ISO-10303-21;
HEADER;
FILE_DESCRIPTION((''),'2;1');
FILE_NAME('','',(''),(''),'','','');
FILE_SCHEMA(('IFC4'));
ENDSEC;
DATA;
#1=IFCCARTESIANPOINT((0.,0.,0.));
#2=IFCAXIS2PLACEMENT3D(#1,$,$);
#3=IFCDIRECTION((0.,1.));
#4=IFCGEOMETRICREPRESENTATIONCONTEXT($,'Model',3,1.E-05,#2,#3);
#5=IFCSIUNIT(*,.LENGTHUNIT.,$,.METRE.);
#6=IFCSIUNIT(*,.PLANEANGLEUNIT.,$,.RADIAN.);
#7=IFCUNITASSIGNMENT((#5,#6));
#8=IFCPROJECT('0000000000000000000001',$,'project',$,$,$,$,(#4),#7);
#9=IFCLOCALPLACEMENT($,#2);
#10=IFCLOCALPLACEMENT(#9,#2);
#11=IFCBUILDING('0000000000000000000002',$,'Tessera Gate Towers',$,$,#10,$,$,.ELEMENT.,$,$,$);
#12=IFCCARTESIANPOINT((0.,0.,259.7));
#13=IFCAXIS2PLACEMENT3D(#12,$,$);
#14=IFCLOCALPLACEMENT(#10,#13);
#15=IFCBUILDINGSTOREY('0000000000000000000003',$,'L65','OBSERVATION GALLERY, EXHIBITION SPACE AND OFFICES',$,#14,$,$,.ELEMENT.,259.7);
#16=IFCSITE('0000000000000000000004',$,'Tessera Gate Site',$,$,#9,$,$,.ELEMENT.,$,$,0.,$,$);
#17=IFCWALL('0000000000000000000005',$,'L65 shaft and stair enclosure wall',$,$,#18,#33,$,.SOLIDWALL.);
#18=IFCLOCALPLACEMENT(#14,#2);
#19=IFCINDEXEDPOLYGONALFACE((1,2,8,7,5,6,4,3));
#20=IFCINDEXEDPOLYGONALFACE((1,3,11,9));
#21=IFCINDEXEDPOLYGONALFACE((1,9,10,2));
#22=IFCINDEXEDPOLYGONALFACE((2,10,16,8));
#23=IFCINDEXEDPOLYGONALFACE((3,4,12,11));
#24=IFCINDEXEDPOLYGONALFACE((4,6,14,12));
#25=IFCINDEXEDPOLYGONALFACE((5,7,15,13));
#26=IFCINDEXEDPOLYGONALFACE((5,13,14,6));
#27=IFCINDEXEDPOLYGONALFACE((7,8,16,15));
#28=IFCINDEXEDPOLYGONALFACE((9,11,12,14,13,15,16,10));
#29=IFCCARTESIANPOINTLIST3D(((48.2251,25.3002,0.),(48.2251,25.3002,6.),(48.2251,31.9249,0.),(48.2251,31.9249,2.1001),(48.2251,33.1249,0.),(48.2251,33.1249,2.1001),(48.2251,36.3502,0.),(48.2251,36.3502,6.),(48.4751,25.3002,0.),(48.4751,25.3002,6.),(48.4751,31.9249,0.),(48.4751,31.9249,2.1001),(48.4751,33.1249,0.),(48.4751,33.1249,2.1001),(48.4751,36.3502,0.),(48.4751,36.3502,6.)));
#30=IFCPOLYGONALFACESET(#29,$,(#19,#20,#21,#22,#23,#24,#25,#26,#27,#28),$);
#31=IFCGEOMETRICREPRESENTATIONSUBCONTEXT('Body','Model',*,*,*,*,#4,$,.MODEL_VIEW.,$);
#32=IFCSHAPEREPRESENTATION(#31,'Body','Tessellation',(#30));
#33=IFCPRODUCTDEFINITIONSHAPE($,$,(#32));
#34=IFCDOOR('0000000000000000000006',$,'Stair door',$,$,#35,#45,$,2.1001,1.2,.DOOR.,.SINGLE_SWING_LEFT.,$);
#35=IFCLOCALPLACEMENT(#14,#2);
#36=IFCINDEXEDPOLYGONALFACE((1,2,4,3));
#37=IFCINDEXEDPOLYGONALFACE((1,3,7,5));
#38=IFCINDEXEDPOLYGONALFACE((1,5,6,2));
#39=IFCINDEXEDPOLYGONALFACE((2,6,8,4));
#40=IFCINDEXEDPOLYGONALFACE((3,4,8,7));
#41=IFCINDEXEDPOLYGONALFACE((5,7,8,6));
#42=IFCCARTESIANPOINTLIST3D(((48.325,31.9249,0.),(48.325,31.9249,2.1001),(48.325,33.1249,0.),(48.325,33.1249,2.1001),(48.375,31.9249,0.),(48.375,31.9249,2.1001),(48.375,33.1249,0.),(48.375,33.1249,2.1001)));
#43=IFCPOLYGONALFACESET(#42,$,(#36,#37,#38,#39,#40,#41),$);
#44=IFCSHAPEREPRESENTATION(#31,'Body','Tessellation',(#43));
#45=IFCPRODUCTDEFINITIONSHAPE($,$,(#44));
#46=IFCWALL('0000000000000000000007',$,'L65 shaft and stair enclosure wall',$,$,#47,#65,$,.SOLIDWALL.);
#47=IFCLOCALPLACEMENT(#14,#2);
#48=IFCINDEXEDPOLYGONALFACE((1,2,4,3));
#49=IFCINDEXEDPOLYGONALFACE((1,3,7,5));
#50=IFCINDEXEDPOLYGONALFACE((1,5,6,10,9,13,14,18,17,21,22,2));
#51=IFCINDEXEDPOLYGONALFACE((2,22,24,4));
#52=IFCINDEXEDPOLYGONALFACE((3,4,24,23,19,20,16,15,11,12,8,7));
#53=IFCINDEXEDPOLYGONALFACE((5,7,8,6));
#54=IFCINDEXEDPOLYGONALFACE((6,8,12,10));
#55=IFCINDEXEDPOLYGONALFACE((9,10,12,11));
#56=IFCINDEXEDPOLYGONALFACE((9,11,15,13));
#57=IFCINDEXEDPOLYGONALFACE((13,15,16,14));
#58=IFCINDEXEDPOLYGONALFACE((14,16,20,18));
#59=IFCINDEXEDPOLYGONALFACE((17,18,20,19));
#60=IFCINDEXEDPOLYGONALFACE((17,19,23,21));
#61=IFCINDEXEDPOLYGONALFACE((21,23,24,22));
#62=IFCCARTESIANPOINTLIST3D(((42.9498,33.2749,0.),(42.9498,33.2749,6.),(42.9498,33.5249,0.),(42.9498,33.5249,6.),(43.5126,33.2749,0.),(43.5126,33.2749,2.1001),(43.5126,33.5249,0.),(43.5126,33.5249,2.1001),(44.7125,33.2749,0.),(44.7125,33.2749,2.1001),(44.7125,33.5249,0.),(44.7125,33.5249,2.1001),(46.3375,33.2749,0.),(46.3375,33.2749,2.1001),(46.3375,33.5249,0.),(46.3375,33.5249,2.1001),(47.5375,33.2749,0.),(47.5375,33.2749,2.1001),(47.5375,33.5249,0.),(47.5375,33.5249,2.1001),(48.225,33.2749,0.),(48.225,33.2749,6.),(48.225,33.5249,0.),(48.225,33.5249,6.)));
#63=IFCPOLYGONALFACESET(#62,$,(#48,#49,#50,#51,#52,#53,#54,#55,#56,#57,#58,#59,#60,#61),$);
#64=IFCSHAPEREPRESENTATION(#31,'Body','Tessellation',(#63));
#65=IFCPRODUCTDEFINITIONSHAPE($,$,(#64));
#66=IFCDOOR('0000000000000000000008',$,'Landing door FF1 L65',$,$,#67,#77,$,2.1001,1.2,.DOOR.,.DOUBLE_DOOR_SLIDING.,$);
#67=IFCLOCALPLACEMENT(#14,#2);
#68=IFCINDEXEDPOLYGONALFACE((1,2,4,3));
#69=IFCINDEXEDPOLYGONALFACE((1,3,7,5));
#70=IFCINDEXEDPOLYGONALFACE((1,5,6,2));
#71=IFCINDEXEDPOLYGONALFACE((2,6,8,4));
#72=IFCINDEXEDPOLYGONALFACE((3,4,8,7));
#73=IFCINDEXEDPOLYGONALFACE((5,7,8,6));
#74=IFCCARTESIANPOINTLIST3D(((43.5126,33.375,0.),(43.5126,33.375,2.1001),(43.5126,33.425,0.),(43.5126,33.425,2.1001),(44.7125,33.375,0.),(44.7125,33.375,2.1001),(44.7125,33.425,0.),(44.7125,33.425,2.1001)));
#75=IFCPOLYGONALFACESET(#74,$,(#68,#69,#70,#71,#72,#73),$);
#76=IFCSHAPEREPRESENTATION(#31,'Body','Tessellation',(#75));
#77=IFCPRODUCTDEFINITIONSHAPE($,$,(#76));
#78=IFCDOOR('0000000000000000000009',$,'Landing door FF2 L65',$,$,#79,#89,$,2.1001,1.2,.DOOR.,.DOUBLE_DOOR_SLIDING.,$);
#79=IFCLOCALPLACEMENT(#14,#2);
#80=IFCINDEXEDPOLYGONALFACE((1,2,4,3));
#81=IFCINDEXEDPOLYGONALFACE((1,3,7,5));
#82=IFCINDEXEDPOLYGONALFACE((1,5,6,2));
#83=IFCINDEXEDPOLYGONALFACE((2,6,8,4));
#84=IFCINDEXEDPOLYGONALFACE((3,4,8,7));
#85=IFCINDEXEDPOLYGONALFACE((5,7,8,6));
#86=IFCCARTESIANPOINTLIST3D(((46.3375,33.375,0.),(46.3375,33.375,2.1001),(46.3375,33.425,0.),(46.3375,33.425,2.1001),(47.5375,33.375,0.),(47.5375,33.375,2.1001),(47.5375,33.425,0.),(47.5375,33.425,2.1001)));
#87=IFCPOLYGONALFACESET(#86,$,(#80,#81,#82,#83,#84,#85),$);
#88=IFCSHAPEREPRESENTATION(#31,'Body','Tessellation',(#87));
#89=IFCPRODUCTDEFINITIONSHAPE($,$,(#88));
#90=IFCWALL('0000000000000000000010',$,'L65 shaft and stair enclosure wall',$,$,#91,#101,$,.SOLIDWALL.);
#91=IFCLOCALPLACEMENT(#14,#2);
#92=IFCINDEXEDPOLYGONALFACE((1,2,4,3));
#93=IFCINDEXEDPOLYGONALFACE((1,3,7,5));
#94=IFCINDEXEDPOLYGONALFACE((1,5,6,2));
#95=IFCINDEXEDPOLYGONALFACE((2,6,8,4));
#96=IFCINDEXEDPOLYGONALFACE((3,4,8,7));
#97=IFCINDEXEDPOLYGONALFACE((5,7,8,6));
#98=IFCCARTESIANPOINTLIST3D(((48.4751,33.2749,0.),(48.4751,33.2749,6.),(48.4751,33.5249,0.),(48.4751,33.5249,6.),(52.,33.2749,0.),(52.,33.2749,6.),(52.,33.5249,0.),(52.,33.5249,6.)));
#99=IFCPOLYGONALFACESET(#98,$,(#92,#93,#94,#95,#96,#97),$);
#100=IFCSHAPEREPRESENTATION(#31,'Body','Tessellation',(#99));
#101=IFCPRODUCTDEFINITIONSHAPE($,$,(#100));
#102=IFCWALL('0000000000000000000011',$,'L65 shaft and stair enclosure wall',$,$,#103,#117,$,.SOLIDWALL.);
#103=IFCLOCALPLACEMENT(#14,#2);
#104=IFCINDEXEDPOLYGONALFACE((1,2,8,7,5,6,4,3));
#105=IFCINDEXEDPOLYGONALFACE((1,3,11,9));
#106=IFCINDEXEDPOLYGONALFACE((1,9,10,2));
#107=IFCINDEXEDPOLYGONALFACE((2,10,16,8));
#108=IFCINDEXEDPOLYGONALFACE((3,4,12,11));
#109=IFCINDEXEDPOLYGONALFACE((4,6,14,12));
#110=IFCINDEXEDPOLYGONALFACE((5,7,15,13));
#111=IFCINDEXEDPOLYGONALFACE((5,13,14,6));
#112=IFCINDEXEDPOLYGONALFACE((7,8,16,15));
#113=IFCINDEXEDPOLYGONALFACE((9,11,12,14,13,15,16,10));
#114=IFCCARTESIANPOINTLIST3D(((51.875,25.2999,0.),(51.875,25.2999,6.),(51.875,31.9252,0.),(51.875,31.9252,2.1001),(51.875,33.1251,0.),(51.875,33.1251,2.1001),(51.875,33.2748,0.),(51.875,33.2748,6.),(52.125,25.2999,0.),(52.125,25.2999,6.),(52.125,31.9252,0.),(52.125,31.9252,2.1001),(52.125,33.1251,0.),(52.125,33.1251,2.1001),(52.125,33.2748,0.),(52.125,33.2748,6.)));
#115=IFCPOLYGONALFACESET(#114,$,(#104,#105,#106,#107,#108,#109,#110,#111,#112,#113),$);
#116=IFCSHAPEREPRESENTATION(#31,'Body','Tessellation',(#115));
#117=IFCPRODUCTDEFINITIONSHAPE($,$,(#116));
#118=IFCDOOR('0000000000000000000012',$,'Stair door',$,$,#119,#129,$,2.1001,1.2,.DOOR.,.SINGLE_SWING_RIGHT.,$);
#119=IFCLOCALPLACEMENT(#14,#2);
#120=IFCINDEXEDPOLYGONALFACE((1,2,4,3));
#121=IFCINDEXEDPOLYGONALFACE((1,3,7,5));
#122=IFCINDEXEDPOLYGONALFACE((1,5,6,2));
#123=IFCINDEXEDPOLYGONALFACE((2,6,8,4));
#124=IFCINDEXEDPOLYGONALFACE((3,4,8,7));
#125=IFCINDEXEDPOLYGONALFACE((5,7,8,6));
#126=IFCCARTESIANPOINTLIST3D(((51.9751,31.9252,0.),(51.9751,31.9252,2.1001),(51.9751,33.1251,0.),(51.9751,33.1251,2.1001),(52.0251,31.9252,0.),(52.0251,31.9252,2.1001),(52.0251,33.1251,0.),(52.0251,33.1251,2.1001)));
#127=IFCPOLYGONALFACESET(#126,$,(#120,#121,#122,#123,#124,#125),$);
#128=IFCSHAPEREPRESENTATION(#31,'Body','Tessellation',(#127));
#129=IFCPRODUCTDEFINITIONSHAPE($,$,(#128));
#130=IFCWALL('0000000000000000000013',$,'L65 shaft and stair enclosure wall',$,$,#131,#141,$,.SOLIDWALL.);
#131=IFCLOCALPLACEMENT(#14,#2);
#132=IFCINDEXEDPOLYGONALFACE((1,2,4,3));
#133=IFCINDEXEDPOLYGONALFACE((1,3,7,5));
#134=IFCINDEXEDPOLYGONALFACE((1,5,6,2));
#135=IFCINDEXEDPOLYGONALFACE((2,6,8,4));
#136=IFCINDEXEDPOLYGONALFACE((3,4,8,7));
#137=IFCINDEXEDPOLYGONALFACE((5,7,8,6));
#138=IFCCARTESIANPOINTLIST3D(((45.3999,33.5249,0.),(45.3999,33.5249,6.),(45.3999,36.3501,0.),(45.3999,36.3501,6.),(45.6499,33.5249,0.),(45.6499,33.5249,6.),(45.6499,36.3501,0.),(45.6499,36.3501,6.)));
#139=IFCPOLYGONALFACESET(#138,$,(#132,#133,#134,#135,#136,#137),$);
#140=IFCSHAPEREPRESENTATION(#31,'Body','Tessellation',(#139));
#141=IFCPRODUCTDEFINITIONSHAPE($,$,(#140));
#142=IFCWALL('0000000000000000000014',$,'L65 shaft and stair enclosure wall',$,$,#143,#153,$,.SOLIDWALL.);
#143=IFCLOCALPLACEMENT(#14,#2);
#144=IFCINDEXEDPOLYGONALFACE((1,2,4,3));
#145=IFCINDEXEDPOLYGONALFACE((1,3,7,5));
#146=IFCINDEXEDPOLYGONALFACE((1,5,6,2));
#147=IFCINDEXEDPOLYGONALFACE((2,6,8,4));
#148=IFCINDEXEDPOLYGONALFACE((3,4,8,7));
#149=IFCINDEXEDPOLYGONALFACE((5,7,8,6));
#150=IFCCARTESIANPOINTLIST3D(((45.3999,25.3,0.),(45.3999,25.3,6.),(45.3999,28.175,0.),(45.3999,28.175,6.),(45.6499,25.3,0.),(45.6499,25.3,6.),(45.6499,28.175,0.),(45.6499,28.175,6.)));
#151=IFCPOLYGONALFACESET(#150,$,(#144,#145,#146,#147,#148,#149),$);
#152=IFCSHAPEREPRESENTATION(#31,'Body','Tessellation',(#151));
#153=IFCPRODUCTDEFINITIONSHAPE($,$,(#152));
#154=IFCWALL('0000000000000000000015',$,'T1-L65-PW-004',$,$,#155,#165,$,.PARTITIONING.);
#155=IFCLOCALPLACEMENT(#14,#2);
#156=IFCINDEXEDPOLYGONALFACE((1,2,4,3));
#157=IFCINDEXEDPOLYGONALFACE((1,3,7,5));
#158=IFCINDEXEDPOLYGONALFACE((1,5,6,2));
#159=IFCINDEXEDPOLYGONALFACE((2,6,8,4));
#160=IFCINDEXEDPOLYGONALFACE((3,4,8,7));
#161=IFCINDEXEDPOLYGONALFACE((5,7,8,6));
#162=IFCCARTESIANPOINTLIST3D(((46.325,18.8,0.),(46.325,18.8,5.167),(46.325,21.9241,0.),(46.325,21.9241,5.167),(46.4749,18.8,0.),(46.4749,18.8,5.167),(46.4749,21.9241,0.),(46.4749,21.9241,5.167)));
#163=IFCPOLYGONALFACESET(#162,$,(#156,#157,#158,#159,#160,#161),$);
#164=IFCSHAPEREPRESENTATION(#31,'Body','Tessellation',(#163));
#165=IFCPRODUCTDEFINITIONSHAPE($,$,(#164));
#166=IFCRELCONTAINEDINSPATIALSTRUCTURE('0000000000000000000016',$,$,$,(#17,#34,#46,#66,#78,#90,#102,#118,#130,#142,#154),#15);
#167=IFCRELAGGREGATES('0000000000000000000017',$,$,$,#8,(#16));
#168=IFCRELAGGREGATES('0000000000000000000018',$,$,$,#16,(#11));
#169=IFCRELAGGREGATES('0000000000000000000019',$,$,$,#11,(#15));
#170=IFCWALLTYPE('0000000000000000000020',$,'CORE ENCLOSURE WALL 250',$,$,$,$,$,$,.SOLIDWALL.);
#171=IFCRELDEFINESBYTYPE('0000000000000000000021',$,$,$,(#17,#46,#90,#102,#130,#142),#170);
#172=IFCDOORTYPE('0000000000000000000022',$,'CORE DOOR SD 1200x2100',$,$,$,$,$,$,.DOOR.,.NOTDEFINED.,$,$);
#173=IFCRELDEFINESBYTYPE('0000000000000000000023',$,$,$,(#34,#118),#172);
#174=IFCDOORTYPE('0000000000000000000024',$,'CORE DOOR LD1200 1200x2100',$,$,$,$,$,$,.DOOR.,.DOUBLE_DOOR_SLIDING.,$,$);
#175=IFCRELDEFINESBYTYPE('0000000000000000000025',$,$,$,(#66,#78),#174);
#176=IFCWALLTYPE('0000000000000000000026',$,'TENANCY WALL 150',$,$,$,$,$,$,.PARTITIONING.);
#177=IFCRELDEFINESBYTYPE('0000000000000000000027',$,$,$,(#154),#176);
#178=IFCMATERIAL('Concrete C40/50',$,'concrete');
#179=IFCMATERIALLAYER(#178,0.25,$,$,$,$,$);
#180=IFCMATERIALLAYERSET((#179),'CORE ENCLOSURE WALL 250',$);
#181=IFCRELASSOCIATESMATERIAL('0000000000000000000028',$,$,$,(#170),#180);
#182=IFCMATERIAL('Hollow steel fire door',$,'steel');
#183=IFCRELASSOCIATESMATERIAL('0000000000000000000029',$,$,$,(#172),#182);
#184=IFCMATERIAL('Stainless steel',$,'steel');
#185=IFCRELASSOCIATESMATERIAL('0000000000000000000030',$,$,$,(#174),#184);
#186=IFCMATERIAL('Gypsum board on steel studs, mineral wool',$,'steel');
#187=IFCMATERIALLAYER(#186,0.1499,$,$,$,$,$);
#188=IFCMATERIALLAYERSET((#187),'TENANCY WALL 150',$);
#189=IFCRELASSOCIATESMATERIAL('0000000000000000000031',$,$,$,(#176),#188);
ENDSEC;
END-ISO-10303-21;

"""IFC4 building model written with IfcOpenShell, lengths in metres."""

from ifc_helpers import new_model, si_unit, direction, frame, frame_2d, origin, place, context, subcontext, project, spatial, rectangle, extrude, source, transform, mapped, material, layer, layer_set, type_object, element, fill, save


model = new_model("IFC4")

# Units and contexts
model_context = context("Model", 3, precision=1e-05, world=origin(), true_north=direction((0.0, 1.0)))
body_context = subcontext(model_context, "Body", "Model", "MODEL_VIEW")
ifc_project = project(units=[si_unit("LENGTHUNIT", "METRE"), si_unit("PLANEANGLEUNIT", "RADIAN")], contexts=[model_context])

# Site, building, storey
site_placement = place(None, origin())
site = spatial("IfcSite", under=ifc_project, at=site_placement, Name="Tessera Gate Site", CompositionType="ELEMENT", RefElevation=0.0)
building_placement = place(site_placement, origin())
building = spatial("IfcBuilding", under=site, at=building_placement, Name="Tessera Gate Towers", CompositionType="ELEMENT")
storey_placement = place(building_placement, frame((0.0, 0.0, 259.7)))
storey = spatial("IfcBuildingStorey", under=building, at=storey_placement, Name="L65", Description="OBSERVATION GALLERY, EXHIBITION SPACE AND OFFICES", CompositionType="ELEMENT", Elevation=259.7)

# Wall, opening, door
ifc_material_1 = material(Name="Concrete C40/50", Category="concrete")
ifc_layer_1 = layer(ifc_material_1, 0.25)
ifc_layer_set_1 = layer_set([ifc_layer_1], Name="CORE ENCLOSURE WALL 250")
wall_type_1 = type_object("IfcWallType", Name="CORE ENCLOSURE WALL 250", PredefinedType="SOLIDWALL", material=ifc_layer_set_1)
wall_1_placement = place(storey_placement, frame((48.3501, 36.3501, 0.0), z_axis=(0.0, 0.0, 1.0), x_axis=(0.0, -1.0, 0.0)))
wall_1 = element("IfcWall", 1, at=wall_1_placement, inside=storey, type_object=wall_type_1, Name="L65 shaft and stair enclosure wall", PredefinedType="SOLIDWALL", context=body_context, shape_type="SweptSolid", body=[
    extrude(rectangle(XDim=11.05, YDim=0.25, at=frame_2d((5.5249, 0.0))), origin(), (0.0, 0.0, 1.0), 6.0),
])
shared_shape_1 = source(origin(), body_context, "Body", "SweptSolid", [
    extrude(rectangle(XDim=1.2, YDim=2.1001, at=frame_2d((0.6001, 1.05))), frame((0.0, 0.135, 0.0), z_axis=(0.0, -1.0, 0.0), x_axis=(1.0, 0.0, 0.0)), (0.0, 0.0, 1.0), 0.27),
])
opening_1_placement = place(wall_1_placement, frame((3.2251, 0.0, 0.0)))
opening_1 = element("IfcOpeningElement", 2, at=opening_1_placement, cuts=wall_1, PredefinedType="OPENING", context=body_context, shape_type="MappedRepresentation", body=[
    mapped(shared_shape_1, transform((0.0, 0.0, 0.0), scale=1.0)),
])
ifc_material_2 = material(Name="Hollow steel fire door", Category="steel")
door_type_1 = type_object("IfcDoorType", Name="CORE DOOR SD 1200x2100", OperationType="NOTDEFINED", PredefinedType="DOOR", material=ifc_material_2)
shared_shape_2 = source(origin(), body_context, "Body", "SweptSolid", [
    extrude(rectangle(XDim=1.2, YDim=2.1001, at=frame_2d((0.6001, 1.05))), frame((0.0, 0.0249, 0.0), z_axis=(0.0, -1.0, 0.0), x_axis=(1.0, 0.0, 0.0)), (0.0, 0.0, 1.0), 0.05),
])
door_1_placement = place(opening_1_placement, origin())
door_1 = element("IfcDoor", 3, at=door_1_placement, inside=storey, type_object=door_type_1, Name="Stair door", OperationType="SINGLE_SWING_LEFT", OverallHeight=2.1001, OverallWidth=1.2, PredefinedType="DOOR", context=body_context, shape_type="MappedRepresentation", body=[
    mapped(shared_shape_2, transform((0.0, 0.0, 0.0), scale=1.0)),
])
fill(opening_1, door_1)

# Wall, openings, doors
wall_2_placement = place(storey_placement, frame((48.2251, 33.3999, 0.0), z_axis=(0.0, 0.0, 1.0), x_axis=(-1.0, 0.0, 0.0)))
wall_2 = element("IfcWall", 4, at=wall_2_placement, inside=storey, type_object=wall_type_1, Name="L65 shaft and stair enclosure wall", PredefinedType="SOLIDWALL", context=body_context, shape_type="SweptSolid", body=[
    extrude(rectangle(XDim=5.2751, YDim=0.25, at=frame_2d((2.6377, 0.0))), origin(), (0.0, 0.0, 1.0), 6.0),
])
opening_2_placement = place(wall_2_placement, frame((3.5125, 0.0, 0.0)))
opening_2 = element("IfcOpeningElement", 5, at=opening_2_placement, cuts=wall_2, PredefinedType="OPENING", context=body_context, shape_type="MappedRepresentation", body=[
    mapped(shared_shape_1, transform((0.0, 0.0, 0.0), scale=1.0)),
])
opening_3_placement = place(wall_2_placement, frame((0.6875, 0.0, 0.0)))
opening_3 = element("IfcOpeningElement", 6, at=opening_3_placement, cuts=wall_2, PredefinedType="OPENING", context=body_context, shape_type="MappedRepresentation", body=[
    mapped(shared_shape_1, transform((0.0, 0.0, 0.0), scale=1.0)),
])
ifc_material_3 = material(Name="Stainless steel", Category="steel")
door_type_2 = type_object("IfcDoorType", Name="CORE DOOR LD1200 1200x2100", OperationType="DOUBLE_DOOR_SLIDING", PredefinedType="DOOR", material=ifc_material_3)
door_2_placement = place(opening_2_placement, origin())
door_2 = element("IfcDoor", 7, at=door_2_placement, inside=storey, type_object=door_type_2, Name="Landing door FF1 L65", OperationType="DOUBLE_DOOR_SLIDING", OverallHeight=2.1001, OverallWidth=1.2, PredefinedType="DOOR", context=body_context, shape_type="MappedRepresentation", body=[
    mapped(shared_shape_2, transform((0.0, 0.0, 0.0), scale=1.0)),
])
fill(opening_2, door_2)
door_3_placement = place(opening_3_placement, origin())
door_3 = element("IfcDoor", 8, at=door_3_placement, inside=storey, type_object=door_type_2, Name="Landing door FF2 L65", OperationType="DOUBLE_DOOR_SLIDING", OverallHeight=2.1001, OverallWidth=1.2, PredefinedType="DOOR", context=body_context, shape_type="MappedRepresentation", body=[
    mapped(shared_shape_2, transform((0.0, 0.0, 0.0), scale=1.0)),
])
fill(opening_3, door_3)

# Wall
wall_3_placement = place(storey_placement, frame((48.4751, 33.3999, 0.0), z_axis=(0.0, 0.0, 1.0), x_axis=(1.0, 0.0, 0.0)))
element("IfcWall", 9, at=wall_3_placement, inside=storey, type_object=wall_type_1, Name="L65 shaft and stair enclosure wall", PredefinedType="SOLIDWALL", context=body_context, shape_type="SweptSolid", body=[
    extrude(rectangle(XDim=3.5249, YDim=0.25, at=frame_2d((1.7625, 0.0))), origin(), (0.0, 0.0, 1.0), 6.0),
])

# Wall, opening, door
wall_4_placement = place(storey_placement, frame((52.0, 25.3, 0.0), z_axis=(0.0, 0.0, 1.0), x_axis=(0.0, 1.0, 0.0)))
wall_4 = element("IfcWall", 10, at=wall_4_placement, inside=storey, type_object=wall_type_1, Name="L65 shaft and stair enclosure wall", PredefinedType="SOLIDWALL", context=body_context, shape_type="SweptSolid", body=[
    extrude(rectangle(XDim=7.9749, YDim=0.25, at=frame_2d((3.9873, 0.0))), origin(), (0.0, 0.0, 1.0), 6.0),
])
opening_4_placement = place(wall_4_placement, frame((6.625, 0.0, 0.0)))
opening_4 = element("IfcOpeningElement", 11, at=opening_4_placement, cuts=wall_4, PredefinedType="OPENING", context=body_context, shape_type="MappedRepresentation", body=[
    mapped(shared_shape_1, transform((0.0, 0.0, 0.0), scale=1.0)),
])
door_4_placement = place(opening_4_placement, origin())
door_4 = element("IfcDoor", 12, at=door_4_placement, inside=storey, type_object=door_type_1, Name="Stair door", OperationType="SINGLE_SWING_RIGHT", OverallHeight=2.1001, OverallWidth=1.2, PredefinedType="DOOR", context=body_context, shape_type="MappedRepresentation", body=[
    mapped(shared_shape_2, transform((0.0, 0.0, 0.0), scale=1.0)),
])
fill(opening_4, door_4)

# Walls
wall_5_placement = place(storey_placement, frame((45.5249, 33.5249, 0.0), z_axis=(0.0, 0.0, 1.0), x_axis=(0.0, 1.0, 0.0)))
element("IfcWall", 13, at=wall_5_placement, inside=storey, type_object=wall_type_1, Name="L65 shaft and stair enclosure wall", PredefinedType="SOLIDWALL", context=body_context, shape_type="SweptSolid", body=[
    extrude(rectangle(XDim=2.8252, YDim=0.25, at=frame_2d((1.4126, 0.0))), origin(), (0.0, 0.0, 1.0), 6.0),
])
wall_6_placement = place(storey_placement, frame((45.5249, 25.3, 0.0), z_axis=(0.0, 0.0, 1.0), x_axis=(0.0, 1.0, 0.0)))
element("IfcWall", 14, at=wall_6_placement, inside=storey, type_object=wall_type_1, Name="L65 shaft and stair enclosure wall", PredefinedType="SOLIDWALL", context=body_context, shape_type="SweptSolid", body=[
    extrude(rectangle(XDim=2.875, YDim=0.25, at=frame_2d((1.4375, 0.0))), origin(), (0.0, 0.0, 1.0), 6.0),
])
ifc_material_4 = material(Name="Gypsum board on steel studs, mineral wool", Category="steel")
ifc_layer_2 = layer(ifc_material_4, 0.1499)
ifc_layer_set_2 = layer_set([ifc_layer_2], Name="TENANCY WALL 150")
wall_type_2 = type_object("IfcWallType", Name="TENANCY WALL 150", PredefinedType="PARTITIONING", material=ifc_layer_set_2)
wall_7_placement = place(storey_placement, frame((46.3999, 18.8, 0.0), z_axis=(0.0, 0.0, 1.0), x_axis=(0.0, 1.0, 0.0)))
element("IfcWall", 15, at=wall_7_placement, inside=storey, type_object=wall_type_2, Name="T1-L65-PW-004", PredefinedType="PARTITIONING", context=body_context, shape_type="SweptSolid", body=[
    extrude(rectangle(XDim=3.124, YDim=0.1499, at=frame_2d((1.562, 0.0))), origin(), (0.0, 0.0, 1.0), 5.167),
])

save(model, "model.ifc")
